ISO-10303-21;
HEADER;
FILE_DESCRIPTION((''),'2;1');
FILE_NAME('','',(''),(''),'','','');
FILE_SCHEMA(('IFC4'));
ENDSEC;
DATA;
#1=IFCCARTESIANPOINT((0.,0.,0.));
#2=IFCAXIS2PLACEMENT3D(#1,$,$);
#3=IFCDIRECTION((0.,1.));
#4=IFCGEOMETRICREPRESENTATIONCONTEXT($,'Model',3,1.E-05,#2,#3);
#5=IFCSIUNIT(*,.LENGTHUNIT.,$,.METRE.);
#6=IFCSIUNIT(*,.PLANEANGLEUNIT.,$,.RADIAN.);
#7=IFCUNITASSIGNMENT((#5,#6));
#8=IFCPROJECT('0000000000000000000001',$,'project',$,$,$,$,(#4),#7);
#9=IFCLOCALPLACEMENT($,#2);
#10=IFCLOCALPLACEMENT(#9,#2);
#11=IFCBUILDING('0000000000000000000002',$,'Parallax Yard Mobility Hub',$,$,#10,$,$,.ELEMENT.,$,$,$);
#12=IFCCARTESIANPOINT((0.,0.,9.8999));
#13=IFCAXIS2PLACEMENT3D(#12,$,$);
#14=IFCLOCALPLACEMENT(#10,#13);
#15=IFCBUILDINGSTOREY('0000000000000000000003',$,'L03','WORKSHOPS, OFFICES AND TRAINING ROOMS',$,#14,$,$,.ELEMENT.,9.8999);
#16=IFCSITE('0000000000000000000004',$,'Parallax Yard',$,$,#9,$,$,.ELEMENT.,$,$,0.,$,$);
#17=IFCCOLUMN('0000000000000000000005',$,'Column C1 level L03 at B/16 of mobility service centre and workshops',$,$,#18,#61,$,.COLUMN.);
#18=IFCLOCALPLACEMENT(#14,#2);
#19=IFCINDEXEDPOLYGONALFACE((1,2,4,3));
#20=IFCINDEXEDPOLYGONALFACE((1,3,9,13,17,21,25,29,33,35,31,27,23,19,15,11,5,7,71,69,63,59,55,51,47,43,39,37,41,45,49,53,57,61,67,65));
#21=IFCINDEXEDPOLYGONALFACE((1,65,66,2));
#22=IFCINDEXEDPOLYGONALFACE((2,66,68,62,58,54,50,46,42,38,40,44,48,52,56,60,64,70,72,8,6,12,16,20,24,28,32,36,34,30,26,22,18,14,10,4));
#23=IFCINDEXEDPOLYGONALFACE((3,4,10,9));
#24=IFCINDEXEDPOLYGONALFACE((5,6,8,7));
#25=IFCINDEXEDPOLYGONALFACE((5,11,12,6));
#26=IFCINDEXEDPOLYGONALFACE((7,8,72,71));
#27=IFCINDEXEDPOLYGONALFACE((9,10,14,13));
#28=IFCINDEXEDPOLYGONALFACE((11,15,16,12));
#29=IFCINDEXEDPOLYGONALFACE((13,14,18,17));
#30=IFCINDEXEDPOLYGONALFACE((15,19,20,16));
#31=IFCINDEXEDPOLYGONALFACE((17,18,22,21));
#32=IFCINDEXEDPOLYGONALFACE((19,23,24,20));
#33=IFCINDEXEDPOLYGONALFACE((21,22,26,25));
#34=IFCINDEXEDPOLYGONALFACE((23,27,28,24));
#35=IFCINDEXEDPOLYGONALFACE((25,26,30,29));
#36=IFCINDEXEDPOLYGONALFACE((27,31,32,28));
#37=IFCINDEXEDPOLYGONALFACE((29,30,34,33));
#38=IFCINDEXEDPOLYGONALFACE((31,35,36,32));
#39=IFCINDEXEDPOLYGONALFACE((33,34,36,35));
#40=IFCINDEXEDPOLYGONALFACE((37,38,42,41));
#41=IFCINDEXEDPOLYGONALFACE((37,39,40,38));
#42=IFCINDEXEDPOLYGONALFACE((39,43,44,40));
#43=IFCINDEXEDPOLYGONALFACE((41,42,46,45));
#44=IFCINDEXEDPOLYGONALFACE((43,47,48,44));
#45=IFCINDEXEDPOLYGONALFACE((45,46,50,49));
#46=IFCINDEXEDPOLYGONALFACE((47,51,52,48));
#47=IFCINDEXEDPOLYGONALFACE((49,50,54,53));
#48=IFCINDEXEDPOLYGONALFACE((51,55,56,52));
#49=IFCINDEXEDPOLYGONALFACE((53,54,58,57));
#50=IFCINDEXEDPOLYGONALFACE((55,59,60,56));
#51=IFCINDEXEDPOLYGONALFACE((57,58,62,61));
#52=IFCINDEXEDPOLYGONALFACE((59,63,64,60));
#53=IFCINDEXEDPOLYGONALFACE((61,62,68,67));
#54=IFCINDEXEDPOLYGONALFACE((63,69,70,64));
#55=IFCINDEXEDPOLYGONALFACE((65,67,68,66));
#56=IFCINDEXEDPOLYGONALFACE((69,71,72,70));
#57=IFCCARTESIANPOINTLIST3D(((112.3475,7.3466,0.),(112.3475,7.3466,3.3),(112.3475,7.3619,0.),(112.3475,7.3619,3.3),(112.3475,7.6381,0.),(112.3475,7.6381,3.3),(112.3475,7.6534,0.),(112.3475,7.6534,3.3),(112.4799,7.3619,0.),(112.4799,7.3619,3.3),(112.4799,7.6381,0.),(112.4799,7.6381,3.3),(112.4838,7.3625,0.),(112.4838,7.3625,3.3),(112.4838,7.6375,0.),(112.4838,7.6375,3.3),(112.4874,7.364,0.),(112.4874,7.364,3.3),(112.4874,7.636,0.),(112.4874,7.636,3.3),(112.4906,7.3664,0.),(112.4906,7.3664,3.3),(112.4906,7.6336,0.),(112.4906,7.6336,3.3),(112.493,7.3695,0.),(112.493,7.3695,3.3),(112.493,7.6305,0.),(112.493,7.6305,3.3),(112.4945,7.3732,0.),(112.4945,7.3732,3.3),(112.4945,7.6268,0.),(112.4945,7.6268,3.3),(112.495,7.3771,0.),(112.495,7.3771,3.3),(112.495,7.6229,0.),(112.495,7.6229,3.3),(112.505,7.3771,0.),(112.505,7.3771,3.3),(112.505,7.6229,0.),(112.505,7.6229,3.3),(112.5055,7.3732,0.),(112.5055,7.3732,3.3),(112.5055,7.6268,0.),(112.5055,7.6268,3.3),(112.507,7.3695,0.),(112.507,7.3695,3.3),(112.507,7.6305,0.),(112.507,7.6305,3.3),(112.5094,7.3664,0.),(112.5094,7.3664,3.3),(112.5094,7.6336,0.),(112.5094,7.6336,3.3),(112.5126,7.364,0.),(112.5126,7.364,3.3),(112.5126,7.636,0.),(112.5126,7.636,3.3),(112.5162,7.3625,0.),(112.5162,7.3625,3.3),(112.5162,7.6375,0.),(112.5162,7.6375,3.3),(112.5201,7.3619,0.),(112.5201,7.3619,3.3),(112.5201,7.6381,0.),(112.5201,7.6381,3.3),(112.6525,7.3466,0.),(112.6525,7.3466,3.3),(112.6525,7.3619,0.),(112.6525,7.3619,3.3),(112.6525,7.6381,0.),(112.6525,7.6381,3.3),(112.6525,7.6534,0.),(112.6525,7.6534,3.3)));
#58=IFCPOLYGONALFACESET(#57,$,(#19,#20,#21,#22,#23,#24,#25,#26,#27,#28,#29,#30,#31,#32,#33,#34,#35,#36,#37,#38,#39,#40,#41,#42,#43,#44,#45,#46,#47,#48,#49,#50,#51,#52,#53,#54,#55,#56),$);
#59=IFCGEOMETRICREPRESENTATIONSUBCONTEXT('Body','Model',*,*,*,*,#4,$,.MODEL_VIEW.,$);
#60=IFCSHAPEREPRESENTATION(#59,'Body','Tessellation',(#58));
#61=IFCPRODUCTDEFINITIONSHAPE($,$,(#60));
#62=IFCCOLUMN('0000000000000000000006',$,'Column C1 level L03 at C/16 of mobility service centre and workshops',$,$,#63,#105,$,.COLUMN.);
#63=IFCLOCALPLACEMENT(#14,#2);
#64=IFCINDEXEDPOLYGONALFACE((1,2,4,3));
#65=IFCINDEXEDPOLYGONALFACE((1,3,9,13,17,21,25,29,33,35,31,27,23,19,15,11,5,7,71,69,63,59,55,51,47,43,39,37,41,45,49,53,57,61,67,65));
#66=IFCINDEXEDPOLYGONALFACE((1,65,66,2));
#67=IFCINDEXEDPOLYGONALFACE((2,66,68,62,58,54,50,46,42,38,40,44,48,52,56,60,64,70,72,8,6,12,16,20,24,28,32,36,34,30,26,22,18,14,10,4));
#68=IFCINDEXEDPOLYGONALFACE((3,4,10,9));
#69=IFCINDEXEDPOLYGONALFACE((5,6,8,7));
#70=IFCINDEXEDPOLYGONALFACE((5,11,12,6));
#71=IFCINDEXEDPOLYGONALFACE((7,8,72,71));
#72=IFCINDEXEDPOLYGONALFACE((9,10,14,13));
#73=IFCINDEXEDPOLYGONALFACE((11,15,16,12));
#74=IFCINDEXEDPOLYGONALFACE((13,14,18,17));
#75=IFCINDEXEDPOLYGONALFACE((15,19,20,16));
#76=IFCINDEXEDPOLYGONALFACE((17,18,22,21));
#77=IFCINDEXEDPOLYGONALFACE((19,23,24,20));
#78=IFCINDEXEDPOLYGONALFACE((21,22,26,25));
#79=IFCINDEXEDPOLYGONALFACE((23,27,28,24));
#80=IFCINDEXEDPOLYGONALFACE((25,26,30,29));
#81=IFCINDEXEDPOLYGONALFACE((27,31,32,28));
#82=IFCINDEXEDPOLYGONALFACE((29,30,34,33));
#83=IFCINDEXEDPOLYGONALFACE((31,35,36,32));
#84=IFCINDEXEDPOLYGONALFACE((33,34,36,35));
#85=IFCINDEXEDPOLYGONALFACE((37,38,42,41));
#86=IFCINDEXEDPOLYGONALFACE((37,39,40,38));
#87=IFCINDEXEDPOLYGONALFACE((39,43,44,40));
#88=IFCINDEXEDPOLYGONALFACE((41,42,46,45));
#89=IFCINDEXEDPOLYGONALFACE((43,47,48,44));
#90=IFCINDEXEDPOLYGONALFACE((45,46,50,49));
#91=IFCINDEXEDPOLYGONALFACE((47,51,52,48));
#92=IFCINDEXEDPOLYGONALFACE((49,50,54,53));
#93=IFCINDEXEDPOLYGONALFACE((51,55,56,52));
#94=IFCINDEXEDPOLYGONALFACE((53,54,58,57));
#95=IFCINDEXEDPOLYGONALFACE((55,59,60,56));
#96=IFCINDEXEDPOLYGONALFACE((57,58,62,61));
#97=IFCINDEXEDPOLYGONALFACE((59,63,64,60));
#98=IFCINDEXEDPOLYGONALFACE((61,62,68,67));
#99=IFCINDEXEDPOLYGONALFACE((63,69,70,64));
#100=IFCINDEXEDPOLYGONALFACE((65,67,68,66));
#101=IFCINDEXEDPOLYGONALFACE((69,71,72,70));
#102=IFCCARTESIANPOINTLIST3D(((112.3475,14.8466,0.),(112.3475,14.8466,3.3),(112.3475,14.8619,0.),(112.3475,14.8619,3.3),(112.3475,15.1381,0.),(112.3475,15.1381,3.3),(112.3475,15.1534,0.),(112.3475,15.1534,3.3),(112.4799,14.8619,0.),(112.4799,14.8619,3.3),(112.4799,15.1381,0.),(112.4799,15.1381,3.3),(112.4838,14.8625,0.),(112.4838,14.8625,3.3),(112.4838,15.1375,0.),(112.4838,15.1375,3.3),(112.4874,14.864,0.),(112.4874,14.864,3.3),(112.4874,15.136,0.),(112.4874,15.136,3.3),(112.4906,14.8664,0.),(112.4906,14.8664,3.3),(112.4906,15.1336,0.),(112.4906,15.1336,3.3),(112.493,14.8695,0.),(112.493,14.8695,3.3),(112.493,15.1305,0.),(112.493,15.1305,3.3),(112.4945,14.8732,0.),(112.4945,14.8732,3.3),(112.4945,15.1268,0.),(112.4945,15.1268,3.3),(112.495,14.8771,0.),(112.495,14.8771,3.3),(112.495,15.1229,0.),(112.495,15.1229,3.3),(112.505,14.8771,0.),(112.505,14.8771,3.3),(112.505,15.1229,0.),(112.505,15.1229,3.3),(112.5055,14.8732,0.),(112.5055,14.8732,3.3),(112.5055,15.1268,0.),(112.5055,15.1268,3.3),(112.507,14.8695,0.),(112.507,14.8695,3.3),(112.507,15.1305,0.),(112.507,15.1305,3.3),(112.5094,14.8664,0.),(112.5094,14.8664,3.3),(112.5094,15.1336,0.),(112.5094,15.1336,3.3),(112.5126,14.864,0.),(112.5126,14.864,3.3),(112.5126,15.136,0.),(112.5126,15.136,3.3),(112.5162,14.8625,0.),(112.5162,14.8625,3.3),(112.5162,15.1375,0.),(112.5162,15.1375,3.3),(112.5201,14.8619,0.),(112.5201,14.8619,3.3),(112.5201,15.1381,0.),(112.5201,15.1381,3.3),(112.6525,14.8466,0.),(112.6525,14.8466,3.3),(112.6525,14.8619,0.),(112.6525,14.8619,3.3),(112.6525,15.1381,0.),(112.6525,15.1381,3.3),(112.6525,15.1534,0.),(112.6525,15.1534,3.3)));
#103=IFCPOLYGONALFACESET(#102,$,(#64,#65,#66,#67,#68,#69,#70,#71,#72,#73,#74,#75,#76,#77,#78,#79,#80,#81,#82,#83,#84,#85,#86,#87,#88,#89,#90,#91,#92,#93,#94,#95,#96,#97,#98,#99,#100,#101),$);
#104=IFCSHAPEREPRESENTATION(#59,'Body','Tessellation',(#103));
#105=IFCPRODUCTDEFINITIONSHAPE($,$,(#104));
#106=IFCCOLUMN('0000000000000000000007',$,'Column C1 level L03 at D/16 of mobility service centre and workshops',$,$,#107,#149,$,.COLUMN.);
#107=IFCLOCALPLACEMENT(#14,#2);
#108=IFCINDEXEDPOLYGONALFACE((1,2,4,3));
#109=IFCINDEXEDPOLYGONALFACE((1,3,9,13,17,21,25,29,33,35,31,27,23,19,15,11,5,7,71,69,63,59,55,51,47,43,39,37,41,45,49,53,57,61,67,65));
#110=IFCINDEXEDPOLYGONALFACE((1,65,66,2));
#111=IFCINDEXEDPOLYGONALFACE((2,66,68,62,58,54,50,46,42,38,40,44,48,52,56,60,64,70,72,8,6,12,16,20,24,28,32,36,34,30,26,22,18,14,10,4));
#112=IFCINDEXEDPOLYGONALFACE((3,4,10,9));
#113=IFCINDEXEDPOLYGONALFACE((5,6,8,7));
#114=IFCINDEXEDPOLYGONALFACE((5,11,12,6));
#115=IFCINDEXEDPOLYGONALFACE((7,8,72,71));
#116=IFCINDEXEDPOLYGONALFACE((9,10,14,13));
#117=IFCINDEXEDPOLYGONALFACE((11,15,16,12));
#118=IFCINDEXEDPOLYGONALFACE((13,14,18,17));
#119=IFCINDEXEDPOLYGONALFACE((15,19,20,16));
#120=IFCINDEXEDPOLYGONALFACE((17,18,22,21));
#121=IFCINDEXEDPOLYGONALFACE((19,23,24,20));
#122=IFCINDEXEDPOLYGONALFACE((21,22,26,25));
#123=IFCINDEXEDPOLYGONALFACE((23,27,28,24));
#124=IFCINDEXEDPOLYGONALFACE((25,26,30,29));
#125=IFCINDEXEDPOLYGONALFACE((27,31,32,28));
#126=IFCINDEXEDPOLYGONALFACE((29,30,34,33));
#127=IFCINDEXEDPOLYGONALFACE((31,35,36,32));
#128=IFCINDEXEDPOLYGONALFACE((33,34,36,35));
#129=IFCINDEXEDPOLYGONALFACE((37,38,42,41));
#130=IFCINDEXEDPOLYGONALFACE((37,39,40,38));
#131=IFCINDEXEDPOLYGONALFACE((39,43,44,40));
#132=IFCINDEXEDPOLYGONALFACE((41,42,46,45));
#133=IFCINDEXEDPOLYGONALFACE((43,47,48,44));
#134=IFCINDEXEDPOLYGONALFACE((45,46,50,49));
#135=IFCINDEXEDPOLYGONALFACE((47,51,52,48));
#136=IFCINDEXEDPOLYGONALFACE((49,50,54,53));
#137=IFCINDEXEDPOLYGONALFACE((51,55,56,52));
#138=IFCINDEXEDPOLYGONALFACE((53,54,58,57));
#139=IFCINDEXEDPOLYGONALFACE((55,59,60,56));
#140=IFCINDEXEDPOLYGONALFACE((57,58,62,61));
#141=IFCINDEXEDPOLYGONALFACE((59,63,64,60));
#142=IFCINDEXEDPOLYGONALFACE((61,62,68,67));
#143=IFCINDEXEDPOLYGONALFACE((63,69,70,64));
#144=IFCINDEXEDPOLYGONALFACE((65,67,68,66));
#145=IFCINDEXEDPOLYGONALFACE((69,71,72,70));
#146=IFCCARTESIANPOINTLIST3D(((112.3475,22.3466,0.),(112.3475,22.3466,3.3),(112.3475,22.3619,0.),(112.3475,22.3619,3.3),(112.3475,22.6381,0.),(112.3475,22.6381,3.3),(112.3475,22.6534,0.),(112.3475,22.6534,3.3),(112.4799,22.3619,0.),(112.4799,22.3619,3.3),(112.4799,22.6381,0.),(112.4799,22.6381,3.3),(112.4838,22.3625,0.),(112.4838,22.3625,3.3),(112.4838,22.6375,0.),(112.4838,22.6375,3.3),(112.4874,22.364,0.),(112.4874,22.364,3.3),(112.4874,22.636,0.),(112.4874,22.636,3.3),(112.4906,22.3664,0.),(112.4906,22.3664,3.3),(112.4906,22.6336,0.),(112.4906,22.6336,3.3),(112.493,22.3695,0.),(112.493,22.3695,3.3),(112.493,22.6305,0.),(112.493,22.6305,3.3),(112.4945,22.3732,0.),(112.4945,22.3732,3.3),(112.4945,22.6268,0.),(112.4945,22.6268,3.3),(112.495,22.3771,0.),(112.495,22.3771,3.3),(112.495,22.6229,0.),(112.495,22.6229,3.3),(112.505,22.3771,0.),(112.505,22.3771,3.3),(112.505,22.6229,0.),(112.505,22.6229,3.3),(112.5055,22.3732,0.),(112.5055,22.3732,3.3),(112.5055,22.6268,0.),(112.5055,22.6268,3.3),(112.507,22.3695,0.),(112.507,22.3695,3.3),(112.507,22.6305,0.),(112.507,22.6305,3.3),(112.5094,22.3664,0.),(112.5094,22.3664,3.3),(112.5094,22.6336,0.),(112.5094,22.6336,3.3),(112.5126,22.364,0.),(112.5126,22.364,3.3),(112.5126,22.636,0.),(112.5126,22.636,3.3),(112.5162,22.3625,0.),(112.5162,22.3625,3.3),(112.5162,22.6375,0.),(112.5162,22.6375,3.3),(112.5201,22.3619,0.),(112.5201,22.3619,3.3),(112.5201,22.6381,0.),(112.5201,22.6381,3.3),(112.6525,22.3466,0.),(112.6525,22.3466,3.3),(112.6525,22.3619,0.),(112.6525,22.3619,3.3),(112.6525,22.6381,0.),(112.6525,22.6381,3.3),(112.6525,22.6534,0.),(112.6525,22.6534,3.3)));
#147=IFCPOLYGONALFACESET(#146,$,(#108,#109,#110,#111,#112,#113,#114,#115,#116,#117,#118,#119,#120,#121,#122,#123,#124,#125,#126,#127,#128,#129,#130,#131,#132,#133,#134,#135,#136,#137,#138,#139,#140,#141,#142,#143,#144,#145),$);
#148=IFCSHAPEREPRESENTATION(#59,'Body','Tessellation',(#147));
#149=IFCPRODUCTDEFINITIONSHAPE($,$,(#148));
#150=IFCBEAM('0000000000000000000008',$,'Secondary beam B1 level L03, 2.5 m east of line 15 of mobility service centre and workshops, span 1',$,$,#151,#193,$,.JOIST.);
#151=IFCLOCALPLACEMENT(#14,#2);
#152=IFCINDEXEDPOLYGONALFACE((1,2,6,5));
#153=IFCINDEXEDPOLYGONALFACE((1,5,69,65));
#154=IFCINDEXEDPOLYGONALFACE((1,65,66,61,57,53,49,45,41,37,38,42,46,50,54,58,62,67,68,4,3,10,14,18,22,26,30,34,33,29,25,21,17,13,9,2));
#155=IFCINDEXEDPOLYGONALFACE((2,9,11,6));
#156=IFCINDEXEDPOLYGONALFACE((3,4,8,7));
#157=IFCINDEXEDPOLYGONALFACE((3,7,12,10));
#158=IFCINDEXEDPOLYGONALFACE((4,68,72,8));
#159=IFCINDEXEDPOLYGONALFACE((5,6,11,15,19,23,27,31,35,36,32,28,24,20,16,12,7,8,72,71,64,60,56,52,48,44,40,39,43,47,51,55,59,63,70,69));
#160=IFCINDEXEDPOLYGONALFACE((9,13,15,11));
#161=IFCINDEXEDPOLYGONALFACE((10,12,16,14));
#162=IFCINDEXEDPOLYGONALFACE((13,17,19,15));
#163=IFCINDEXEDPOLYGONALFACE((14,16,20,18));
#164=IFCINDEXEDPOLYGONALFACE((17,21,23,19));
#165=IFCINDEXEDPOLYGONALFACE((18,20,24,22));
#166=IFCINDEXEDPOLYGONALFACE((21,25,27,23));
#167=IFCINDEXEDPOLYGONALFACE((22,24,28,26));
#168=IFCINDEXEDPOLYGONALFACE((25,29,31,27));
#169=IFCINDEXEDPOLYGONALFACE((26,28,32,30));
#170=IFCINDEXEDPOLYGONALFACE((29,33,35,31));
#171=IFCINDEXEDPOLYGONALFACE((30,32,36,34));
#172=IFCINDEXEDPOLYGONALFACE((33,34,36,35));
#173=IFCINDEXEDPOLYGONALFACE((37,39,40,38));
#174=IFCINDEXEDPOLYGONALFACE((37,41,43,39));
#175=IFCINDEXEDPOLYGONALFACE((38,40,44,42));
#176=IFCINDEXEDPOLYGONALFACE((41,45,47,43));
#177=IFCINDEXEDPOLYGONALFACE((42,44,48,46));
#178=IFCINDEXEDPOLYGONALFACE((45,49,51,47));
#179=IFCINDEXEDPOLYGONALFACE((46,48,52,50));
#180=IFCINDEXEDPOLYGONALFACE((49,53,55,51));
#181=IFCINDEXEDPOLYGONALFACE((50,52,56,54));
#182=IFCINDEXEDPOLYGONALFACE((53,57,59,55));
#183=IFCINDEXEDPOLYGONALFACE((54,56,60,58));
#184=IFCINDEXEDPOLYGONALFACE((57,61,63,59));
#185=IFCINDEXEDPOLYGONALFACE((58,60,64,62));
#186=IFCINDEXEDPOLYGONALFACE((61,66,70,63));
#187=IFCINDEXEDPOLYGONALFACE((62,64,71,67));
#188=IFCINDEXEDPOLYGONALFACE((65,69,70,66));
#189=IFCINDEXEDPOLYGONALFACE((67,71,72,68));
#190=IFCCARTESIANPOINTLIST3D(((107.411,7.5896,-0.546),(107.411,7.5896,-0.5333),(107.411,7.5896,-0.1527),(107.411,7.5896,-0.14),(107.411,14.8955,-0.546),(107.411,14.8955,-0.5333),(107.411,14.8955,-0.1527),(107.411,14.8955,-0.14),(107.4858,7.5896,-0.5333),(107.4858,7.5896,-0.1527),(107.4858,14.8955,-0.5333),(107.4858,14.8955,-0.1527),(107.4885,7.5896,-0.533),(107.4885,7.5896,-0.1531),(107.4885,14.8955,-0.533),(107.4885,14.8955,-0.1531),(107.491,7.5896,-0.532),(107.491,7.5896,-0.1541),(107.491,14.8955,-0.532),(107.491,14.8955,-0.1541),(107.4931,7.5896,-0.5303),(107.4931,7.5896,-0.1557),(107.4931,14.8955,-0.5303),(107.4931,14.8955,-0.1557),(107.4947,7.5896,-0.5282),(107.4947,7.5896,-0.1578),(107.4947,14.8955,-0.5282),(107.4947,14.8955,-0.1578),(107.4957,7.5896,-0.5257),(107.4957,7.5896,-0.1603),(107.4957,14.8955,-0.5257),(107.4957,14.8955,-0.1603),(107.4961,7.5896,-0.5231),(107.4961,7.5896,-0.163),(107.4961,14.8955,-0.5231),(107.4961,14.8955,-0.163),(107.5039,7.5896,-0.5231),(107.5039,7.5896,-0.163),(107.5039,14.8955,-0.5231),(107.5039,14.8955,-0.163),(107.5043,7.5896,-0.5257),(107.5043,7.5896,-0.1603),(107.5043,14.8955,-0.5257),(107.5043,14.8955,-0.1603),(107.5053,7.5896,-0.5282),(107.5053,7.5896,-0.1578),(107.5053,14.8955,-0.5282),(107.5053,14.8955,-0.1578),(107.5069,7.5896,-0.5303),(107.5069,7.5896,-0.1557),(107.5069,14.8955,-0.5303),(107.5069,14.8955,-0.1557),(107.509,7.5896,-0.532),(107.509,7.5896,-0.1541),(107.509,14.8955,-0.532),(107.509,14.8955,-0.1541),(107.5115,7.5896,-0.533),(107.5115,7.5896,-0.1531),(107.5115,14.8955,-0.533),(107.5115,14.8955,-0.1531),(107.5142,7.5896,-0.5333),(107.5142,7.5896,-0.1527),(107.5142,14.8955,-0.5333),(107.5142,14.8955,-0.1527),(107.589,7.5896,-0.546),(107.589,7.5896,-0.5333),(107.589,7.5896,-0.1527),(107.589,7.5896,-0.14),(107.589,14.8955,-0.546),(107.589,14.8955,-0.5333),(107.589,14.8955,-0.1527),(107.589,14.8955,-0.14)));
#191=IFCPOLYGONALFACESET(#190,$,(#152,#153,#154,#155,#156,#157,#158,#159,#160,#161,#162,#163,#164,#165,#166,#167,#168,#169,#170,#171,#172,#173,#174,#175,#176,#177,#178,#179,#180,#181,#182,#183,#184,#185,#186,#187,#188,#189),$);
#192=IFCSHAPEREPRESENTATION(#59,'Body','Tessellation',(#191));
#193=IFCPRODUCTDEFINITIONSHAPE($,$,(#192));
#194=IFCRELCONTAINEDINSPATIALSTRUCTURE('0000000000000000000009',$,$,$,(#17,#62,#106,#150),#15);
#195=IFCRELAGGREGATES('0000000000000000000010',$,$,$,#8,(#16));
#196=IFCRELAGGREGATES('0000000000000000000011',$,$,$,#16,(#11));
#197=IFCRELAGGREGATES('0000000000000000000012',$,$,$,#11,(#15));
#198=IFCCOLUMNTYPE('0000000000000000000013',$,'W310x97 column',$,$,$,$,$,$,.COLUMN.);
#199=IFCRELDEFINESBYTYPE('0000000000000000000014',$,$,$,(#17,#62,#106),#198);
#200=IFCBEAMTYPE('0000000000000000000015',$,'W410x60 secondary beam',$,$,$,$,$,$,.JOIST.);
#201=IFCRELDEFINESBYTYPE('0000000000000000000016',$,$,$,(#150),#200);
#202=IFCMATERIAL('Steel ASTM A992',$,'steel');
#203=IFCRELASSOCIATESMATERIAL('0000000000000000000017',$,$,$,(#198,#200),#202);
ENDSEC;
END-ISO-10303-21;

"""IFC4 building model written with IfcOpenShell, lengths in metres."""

from ifc_helpers import new_model, si_unit, direction, frame, origin, origin_2d, place, context, subcontext, project, spatial, i_section, extrude, material, material_profile, profile_set, type_object, element, save


model = new_model("IFC4")

# Units and contexts
model_context = context("Model", 3, precision=1e-05, world=origin(), true_north=direction((0.0, 1.0)))
body_context = subcontext(model_context, "Body", "Model", "MODEL_VIEW")
ifc_project = project(units=[si_unit("LENGTHUNIT", "METRE"), si_unit("PLANEANGLEUNIT", "RADIAN")], contexts=[model_context])

# Site, building, storey
site_placement = place(None, origin())
site = spatial("IfcSite", under=ifc_project, at=site_placement, Name="Parallax Yard", CompositionType="ELEMENT", RefElevation=0.0)
building_placement = place(site_placement, origin())
building = spatial("IfcBuilding", under=site, at=building_placement, Name="Parallax Yard Mobility Hub", CompositionType="ELEMENT")
storey_placement = place(building_placement, frame((0.0, 0.0, 9.8999)))
storey = spatial("IfcBuildingStorey", under=building, at=storey_placement, Name="L03", Description="WORKSHOPS, OFFICES AND TRAINING ROOMS", CompositionType="ELEMENT", Elevation=9.8999)

# Columns
ifc_material_1 = material(Name="Steel ASTM A992", Category="steel")
ifc_material_profile_1 = material_profile(ifc_material_1, i_section(OverallWidth=0.3049, OverallDepth=0.3069, WebThickness=0.01, FlangeThickness=0.0154, FilletRadius=0.0151, at=origin_2d()), Name="W310x97")
ifc_profile_set_1 = profile_set([ifc_material_profile_1], Name="Steel ASTM A992")
column_type = type_object("IfcColumnType", Name="W310x97 column", PredefinedType="COLUMN", material=ifc_profile_set_1)
for number, where, z_axis, x_axis, name in (
    (1, (112.5, 7.5, 0.0), (0.0, 0.0, 1.0), (1.0, 0.0, 0.0), "Column C1 level L03 at B/16 of mobility service centre and workshops"),
    (2, (112.5, 15.0, 0.0), (0.0, 0.0, 1.0), (1.0, 0.0, 0.0), "Column C1 level L03 at C/16 of mobility service centre and workshops"),
    (3, (112.5, 22.5, 0.0), (0.0, 0.0, 1.0), (1.0, 0.0, 0.0), "Column C1 level L03 at D/16 of mobility service centre and workshops"),
):
    element("IfcColumn", number, at=place(storey_placement, frame(where, z_axis=z_axis, x_axis=x_axis)), inside=storey, type_object=column_type, Name=name, PredefinedType="COLUMN", context=body_context, shape_type="SweptSolid", body=[
        extrude(i_section(OverallWidth=0.3049, OverallDepth=0.3069, WebThickness=0.01, FlangeThickness=0.0154, FilletRadius=0.0151, at=origin_2d()), origin(), (0.0, 0.0, 1.0), 3.3),
    ])

# Beam
ifc_material_profile_2 = material_profile(ifc_material_1, i_section(OverallWidth=0.178, OverallDepth=0.406, WebThickness=0.0078, FlangeThickness=0.0127, FilletRadius=0.0103, at=origin_2d()), Name="W410x60")
ifc_profile_set_2 = profile_set([ifc_material_profile_2], Name="Steel ASTM A992")
beam_type_1 = type_object("IfcBeamType", Name="W410x60 secondary beam", PredefinedType="JOIST", material=ifc_profile_set_2)
beam_1_placement = place(storey_placement, frame((107.5, 7.5896, -0.343), z_axis=(0.0, 1.0, 0.0), x_axis=(-1.0, 0.0, 0.0)))
element("IfcBeam", 4, at=beam_1_placement, inside=storey, type_object=beam_type_1, Name="Secondary beam B1 level L03, 2.5 m east of line 15 of mobility service centre and workshops, span 1", PredefinedType="JOIST", context=body_context, shape_type="SweptSolid", body=[
    extrude(i_section(OverallWidth=0.178, OverallDepth=0.406, WebThickness=0.0078, FlangeThickness=0.0127, FilletRadius=0.0103, at=origin_2d()), origin(), (0.0, 0.0, 1.0), 7.3059),
])

save(model, "model.ifc")
